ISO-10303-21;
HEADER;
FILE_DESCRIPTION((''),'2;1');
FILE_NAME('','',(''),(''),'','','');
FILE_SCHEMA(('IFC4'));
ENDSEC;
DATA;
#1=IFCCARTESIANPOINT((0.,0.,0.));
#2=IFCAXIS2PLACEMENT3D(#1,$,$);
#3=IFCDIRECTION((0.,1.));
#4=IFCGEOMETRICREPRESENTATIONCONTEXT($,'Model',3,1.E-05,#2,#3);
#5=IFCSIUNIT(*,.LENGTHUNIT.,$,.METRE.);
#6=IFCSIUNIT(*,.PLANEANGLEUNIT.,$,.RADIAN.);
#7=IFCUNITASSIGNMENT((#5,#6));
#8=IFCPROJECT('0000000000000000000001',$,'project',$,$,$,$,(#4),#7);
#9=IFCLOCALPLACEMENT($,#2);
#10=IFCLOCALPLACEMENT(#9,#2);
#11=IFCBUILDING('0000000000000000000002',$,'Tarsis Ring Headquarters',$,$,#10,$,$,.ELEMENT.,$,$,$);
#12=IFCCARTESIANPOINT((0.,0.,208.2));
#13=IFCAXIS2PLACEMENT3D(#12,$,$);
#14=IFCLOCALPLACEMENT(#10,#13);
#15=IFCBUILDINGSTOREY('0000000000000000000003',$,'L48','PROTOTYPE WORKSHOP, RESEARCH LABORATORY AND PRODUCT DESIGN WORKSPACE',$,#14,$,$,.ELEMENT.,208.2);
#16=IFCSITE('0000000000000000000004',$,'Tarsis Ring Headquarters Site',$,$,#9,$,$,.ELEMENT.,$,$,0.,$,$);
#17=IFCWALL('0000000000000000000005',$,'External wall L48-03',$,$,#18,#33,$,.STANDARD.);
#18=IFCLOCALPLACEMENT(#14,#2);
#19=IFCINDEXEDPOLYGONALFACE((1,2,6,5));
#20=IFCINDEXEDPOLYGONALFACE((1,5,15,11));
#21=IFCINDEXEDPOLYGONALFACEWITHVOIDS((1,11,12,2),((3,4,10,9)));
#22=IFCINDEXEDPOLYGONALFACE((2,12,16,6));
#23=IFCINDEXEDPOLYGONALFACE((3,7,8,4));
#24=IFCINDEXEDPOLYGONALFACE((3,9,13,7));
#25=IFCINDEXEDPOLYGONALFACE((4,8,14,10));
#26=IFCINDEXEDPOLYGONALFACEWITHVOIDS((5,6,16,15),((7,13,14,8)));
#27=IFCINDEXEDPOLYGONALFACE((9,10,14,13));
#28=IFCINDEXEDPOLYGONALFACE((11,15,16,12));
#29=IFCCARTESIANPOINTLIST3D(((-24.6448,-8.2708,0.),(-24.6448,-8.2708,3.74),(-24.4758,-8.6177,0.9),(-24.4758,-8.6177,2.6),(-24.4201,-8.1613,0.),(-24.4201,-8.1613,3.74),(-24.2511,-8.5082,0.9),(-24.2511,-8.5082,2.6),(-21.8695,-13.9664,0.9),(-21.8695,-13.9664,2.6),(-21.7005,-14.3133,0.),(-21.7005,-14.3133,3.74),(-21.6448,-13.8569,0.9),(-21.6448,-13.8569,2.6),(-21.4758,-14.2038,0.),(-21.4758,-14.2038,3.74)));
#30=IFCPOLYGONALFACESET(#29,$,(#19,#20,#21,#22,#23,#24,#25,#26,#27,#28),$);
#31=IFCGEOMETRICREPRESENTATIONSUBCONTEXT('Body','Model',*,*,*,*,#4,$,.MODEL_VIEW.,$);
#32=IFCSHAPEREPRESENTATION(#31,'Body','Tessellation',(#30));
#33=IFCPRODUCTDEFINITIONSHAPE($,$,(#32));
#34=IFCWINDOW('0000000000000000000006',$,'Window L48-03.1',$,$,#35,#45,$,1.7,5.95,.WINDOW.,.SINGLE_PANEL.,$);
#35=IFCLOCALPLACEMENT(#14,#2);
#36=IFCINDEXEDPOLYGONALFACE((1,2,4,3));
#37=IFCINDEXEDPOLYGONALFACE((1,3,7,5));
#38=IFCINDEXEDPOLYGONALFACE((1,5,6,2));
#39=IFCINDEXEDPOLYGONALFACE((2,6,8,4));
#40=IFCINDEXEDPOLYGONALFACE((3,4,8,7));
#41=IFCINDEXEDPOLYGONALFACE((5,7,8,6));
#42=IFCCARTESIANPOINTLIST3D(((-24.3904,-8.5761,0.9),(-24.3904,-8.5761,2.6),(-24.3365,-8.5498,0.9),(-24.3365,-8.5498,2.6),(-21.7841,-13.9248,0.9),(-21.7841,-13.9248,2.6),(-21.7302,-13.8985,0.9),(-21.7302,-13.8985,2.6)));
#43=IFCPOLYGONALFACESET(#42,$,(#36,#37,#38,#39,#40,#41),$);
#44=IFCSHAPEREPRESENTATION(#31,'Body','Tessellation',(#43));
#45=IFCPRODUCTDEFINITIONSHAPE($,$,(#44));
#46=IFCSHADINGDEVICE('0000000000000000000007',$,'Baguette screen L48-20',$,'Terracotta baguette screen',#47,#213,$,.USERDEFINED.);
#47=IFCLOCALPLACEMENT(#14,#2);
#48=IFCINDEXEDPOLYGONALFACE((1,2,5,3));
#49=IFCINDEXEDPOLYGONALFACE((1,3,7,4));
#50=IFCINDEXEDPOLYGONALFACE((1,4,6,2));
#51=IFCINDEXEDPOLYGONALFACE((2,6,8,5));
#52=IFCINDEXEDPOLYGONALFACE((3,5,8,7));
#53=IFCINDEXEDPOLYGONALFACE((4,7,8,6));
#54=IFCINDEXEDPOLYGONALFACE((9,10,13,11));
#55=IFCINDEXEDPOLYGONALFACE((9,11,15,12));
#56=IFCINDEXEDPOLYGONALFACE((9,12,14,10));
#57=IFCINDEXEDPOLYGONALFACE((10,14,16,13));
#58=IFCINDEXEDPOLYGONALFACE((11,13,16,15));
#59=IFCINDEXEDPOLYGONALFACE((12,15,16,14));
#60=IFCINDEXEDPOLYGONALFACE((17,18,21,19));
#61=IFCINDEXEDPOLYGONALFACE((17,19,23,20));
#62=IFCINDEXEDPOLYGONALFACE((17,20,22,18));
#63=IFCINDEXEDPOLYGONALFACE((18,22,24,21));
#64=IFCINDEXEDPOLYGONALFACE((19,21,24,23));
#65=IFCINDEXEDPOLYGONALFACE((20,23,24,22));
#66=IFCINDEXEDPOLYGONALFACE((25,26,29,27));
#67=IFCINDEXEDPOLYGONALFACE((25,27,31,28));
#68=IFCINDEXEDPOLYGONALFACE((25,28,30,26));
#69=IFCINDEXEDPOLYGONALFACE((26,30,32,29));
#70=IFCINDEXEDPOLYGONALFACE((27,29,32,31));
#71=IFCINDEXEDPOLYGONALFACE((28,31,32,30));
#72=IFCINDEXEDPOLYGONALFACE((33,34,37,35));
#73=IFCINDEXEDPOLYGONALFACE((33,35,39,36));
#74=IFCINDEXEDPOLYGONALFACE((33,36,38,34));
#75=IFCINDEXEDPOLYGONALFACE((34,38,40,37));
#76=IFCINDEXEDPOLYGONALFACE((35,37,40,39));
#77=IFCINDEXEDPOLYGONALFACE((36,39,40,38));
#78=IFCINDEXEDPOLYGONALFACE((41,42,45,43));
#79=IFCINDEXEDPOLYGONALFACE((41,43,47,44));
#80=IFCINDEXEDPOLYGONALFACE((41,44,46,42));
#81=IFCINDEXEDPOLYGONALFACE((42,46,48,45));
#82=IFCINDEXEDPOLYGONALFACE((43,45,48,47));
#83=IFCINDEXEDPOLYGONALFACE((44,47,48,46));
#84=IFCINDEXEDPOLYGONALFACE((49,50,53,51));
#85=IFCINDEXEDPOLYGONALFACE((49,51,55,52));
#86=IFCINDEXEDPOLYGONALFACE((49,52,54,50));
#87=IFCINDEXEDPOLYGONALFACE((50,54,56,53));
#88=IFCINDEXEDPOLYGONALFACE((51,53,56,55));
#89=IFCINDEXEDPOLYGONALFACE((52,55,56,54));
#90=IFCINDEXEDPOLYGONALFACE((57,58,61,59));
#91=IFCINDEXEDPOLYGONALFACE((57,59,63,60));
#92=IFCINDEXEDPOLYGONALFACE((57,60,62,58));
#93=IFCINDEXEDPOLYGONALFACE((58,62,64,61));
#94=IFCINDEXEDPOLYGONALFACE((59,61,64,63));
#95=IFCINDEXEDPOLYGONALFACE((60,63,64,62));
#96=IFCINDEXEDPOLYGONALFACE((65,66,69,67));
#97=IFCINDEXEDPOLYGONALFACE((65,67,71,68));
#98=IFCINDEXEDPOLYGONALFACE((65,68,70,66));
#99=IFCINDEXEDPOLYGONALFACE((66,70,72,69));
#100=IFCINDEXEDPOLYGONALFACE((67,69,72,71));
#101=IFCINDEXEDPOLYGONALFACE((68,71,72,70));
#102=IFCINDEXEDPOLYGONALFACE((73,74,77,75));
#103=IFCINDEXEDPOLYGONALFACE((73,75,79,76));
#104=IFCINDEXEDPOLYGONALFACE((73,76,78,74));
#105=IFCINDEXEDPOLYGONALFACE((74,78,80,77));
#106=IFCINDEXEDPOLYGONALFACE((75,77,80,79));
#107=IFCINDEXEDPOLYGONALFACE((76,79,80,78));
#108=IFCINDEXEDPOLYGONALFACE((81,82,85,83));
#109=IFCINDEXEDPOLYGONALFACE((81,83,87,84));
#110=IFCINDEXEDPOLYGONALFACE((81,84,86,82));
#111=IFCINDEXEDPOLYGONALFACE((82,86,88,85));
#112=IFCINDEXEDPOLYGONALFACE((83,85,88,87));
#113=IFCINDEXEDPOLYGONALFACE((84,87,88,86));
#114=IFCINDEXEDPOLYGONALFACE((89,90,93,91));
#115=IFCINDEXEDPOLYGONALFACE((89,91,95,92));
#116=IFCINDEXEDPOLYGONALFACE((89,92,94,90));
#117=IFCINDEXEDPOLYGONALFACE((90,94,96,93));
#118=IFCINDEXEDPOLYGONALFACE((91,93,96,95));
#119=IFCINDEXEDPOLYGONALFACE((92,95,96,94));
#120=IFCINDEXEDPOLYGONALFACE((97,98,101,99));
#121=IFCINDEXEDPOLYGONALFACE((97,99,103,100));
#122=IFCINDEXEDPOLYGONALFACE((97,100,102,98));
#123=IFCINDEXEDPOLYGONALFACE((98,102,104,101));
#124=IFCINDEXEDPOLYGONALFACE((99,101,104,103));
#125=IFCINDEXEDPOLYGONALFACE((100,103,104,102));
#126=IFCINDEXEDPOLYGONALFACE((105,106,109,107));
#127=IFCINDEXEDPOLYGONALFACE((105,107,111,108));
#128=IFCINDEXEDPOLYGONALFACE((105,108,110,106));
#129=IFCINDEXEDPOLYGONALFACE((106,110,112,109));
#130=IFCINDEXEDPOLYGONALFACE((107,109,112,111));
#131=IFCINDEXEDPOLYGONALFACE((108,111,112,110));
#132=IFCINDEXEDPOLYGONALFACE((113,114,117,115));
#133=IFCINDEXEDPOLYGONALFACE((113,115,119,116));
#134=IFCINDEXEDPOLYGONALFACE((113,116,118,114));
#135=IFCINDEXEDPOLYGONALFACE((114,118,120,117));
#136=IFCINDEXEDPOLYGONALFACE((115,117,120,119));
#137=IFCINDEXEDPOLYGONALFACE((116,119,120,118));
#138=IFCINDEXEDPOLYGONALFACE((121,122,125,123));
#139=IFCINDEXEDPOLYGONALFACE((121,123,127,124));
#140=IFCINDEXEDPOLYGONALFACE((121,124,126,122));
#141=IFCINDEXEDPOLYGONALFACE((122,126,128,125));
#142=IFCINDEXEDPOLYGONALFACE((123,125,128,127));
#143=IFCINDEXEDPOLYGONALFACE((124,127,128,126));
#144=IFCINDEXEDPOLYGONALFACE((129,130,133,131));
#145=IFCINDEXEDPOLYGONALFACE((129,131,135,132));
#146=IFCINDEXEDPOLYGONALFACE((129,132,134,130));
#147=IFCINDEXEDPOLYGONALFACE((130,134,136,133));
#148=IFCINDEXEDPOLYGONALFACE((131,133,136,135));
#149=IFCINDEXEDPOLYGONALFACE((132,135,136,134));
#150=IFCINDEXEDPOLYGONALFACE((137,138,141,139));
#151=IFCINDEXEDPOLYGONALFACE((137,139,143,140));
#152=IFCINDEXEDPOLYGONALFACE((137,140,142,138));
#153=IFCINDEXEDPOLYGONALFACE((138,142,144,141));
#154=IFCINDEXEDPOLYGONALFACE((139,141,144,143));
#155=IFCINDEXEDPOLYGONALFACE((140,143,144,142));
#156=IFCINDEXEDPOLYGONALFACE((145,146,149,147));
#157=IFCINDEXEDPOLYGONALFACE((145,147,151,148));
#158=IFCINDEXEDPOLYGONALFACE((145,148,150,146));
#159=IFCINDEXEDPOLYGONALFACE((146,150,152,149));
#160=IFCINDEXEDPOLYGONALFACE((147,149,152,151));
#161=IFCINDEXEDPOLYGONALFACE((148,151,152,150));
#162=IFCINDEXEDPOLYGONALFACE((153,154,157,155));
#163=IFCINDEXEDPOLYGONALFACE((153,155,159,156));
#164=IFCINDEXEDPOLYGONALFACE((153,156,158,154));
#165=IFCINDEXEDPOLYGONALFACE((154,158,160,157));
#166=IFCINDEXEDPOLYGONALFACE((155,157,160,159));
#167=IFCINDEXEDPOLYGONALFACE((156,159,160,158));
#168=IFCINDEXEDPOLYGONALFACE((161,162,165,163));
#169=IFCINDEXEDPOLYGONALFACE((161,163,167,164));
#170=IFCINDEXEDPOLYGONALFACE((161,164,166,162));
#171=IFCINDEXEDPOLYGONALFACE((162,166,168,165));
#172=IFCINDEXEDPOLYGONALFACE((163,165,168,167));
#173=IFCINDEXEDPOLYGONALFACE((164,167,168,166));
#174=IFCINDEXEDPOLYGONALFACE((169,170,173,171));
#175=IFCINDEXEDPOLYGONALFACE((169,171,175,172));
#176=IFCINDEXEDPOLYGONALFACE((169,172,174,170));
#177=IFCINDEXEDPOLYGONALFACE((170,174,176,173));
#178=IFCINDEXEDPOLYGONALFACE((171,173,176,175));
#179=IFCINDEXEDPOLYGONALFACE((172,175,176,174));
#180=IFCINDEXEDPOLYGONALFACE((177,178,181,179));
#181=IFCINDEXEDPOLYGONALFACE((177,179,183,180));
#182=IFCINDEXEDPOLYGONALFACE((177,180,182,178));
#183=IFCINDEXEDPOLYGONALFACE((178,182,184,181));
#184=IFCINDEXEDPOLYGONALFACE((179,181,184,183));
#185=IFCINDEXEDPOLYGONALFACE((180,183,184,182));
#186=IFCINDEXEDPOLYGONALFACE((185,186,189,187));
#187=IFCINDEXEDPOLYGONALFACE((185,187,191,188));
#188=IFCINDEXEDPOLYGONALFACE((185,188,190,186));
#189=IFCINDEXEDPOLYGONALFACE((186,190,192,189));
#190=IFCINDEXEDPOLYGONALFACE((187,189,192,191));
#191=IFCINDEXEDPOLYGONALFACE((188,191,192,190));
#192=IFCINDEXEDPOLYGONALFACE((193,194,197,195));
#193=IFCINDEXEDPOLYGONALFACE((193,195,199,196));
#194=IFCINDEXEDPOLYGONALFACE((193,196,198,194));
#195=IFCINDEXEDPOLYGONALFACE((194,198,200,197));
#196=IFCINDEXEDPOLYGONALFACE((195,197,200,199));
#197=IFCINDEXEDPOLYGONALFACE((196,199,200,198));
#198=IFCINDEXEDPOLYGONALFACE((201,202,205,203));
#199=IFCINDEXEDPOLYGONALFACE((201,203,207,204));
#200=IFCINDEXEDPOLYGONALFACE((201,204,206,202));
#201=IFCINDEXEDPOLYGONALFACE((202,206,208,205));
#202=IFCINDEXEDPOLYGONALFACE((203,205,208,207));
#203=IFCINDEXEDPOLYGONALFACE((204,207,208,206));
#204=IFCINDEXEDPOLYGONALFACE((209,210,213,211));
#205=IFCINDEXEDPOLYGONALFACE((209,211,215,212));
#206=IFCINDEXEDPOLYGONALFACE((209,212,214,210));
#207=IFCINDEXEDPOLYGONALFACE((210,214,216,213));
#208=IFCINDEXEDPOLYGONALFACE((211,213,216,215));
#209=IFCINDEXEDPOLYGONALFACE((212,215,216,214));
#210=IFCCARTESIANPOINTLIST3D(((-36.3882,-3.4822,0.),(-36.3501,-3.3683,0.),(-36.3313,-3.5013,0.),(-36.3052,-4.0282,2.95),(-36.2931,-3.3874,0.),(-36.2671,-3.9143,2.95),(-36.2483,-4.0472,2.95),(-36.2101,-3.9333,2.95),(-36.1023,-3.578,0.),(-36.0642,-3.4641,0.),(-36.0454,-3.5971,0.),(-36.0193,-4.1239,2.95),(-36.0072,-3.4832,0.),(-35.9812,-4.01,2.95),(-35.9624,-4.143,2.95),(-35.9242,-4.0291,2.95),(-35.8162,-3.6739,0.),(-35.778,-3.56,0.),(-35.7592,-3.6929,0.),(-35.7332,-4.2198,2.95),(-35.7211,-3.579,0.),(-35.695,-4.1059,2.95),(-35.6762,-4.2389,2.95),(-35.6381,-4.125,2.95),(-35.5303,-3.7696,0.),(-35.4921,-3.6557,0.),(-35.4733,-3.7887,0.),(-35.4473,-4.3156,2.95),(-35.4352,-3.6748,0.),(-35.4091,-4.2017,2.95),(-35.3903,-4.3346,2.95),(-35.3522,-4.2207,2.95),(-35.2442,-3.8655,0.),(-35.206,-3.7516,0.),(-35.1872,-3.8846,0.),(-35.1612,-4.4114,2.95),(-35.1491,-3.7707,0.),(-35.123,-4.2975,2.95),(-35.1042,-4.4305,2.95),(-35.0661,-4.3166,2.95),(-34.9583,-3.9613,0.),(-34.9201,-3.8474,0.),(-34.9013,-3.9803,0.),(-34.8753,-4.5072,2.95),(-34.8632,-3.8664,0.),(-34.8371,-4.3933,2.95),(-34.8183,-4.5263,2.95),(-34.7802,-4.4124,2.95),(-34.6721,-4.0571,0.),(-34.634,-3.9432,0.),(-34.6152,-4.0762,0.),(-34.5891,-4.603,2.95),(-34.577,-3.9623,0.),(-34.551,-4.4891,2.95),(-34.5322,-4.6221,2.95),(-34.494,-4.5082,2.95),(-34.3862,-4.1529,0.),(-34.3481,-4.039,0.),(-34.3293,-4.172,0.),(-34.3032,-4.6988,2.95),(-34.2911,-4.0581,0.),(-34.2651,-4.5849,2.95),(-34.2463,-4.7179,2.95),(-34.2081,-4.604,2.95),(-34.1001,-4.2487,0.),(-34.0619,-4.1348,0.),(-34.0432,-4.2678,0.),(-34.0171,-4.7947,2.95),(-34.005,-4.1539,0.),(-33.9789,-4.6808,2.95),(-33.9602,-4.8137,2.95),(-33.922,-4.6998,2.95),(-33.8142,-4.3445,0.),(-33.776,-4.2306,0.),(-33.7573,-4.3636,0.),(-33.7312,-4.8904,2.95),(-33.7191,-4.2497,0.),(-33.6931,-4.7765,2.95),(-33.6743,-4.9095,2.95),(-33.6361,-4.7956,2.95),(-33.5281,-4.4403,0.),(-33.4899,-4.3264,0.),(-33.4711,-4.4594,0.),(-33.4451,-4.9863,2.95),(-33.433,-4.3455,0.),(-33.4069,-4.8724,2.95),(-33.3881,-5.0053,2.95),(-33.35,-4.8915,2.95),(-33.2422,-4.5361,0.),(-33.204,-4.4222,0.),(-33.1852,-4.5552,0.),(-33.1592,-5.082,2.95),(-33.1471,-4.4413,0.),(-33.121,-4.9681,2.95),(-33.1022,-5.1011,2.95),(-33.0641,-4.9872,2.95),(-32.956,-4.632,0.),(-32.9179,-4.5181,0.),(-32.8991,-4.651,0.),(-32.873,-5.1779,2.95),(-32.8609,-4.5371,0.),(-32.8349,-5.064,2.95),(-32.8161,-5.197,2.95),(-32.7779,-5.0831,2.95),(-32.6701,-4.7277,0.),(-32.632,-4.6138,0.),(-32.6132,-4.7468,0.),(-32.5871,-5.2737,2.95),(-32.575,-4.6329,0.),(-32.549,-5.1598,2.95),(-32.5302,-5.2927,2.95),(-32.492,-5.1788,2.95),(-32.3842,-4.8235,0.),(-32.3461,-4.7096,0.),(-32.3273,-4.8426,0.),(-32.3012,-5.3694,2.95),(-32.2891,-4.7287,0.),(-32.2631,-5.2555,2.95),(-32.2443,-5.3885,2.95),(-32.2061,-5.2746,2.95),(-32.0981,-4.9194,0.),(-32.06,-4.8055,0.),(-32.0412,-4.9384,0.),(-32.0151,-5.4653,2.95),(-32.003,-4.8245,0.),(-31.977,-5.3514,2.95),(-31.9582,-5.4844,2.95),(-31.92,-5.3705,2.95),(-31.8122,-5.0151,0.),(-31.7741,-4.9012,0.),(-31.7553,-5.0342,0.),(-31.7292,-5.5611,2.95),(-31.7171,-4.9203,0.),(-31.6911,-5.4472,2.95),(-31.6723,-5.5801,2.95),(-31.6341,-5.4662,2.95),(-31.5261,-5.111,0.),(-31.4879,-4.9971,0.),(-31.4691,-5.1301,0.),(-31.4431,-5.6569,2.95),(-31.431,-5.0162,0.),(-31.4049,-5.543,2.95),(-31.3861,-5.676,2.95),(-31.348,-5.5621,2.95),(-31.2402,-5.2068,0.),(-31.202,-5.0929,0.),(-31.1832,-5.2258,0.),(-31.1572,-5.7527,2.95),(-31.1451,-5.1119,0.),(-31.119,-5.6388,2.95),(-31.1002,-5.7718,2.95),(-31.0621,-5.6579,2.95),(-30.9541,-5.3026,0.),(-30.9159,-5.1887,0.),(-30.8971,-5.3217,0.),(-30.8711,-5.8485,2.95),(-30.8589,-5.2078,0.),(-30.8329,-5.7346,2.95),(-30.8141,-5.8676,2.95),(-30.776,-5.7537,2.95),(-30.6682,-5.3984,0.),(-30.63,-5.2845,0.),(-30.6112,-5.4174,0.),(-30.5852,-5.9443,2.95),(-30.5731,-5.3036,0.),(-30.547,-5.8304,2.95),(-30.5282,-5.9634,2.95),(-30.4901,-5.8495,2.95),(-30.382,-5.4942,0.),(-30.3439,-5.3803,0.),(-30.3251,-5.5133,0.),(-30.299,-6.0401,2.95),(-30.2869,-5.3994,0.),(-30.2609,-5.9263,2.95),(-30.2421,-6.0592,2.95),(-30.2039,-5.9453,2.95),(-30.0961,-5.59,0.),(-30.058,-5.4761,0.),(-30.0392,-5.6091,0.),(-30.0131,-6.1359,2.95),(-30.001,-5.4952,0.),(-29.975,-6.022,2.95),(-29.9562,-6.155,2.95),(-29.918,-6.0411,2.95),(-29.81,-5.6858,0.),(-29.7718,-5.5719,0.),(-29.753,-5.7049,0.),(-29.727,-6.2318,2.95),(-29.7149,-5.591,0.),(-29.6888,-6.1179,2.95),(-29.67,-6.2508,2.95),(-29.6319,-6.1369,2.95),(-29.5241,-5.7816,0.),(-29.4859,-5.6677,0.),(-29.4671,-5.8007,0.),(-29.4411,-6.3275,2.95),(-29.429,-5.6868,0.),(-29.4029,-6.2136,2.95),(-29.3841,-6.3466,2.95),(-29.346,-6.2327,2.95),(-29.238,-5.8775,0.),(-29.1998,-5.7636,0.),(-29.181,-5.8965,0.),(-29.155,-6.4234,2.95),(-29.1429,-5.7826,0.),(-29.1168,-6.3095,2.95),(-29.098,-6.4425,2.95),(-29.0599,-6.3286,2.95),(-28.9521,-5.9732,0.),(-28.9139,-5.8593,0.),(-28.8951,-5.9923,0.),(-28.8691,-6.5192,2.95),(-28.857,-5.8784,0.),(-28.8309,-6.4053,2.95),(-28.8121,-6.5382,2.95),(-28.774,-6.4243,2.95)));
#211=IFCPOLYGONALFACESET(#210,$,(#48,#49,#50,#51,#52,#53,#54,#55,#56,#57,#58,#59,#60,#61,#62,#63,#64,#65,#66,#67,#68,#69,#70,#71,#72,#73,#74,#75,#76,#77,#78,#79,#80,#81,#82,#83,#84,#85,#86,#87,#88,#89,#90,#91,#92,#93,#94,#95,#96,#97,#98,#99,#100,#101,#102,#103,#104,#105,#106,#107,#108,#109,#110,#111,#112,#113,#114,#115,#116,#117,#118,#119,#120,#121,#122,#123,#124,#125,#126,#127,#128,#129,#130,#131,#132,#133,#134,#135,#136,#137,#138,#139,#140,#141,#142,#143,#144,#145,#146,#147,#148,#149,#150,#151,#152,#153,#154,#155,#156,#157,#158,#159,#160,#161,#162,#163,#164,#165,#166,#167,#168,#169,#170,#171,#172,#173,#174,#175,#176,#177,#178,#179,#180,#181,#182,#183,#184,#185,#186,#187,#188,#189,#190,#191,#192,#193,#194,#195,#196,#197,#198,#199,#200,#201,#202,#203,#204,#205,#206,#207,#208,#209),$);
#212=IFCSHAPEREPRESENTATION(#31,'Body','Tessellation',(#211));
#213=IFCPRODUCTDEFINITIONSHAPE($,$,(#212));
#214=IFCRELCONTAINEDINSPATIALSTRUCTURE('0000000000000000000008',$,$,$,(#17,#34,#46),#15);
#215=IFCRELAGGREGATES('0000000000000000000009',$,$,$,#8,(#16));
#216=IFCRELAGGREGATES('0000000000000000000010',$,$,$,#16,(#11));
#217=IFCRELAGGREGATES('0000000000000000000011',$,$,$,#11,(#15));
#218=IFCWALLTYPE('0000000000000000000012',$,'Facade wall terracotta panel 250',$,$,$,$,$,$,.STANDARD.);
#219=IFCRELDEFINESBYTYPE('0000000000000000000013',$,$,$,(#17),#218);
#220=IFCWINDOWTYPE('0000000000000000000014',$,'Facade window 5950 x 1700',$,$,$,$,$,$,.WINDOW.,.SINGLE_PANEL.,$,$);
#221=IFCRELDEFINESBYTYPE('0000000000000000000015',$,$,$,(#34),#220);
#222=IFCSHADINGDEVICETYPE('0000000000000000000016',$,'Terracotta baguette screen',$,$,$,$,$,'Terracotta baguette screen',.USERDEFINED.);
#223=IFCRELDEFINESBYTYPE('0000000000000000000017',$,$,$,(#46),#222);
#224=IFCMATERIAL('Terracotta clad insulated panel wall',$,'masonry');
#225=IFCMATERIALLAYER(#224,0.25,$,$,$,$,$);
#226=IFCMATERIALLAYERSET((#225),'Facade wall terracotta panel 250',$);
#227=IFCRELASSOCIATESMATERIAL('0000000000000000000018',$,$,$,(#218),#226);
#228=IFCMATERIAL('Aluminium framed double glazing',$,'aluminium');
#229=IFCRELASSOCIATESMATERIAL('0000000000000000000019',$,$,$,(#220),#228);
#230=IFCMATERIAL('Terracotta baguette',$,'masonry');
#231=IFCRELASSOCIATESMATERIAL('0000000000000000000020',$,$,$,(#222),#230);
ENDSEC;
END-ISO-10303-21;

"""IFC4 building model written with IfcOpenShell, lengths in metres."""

from ifc_helpers import new_model, si_unit, direction, frame, frame_2d, origin, place, context, subcontext, project, spatial, rectangle, composite_profile, extrude, material, layer, layer_set, type_object, element, fill, save


model = new_model("IFC4")

# Units and contexts
model_context = context("Model", 3, precision=1e-05, world=origin(), true_north=direction((0.0, 1.0)))
body_context = subcontext(model_context, "Body", "Model", "MODEL_VIEW")
ifc_project = project(units=[si_unit("LENGTHUNIT", "METRE"), si_unit("PLANEANGLEUNIT", "RADIAN")], contexts=[model_context])

# Site, building, storey
site_placement = place(None, origin())
site = spatial("IfcSite", under=ifc_project, at=site_placement, Name="Tarsis Ring Headquarters Site", CompositionType="ELEMENT", RefElevation=0.0)
building_placement = place(site_placement, origin())
building = spatial("IfcBuilding", under=site, at=building_placement, Name="Tarsis Ring Headquarters", CompositionType="ELEMENT")
storey_placement = place(building_placement, frame((0.0, 0.0, 208.2)))
storey = spatial("IfcBuildingStorey", under=building, at=storey_placement, Name="L48", Description="PROTOTYPE WORKSHOP, RESEARCH LABORATORY AND PRODUCT DESIGN WORKSPACE", CompositionType="ELEMENT", Elevation=208.2)

# Wall, opening, window
ifc_material_1 = material(Name="Terracotta clad insulated panel wall", Category="masonry")
ifc_layer_1 = layer(ifc_material_1, 0.25)
ifc_layer_set_1 = layer_set([ifc_layer_1], Name="Facade wall terracotta panel 250")
wall_type_1 = type_object("IfcWallType", Name="Facade wall terracotta panel 250", PredefinedType="STANDARD", material=ifc_layer_set_1)
ifc_material_2 = material(Name="Aluminium framed double glazing", Category="aluminium")
wall_1_placement = place(storey_placement, frame((-24.5325, -8.2161, 0.0), z_axis=(0.0, 0.0, 1.0), x_axis=(0.438037, -0.898957, 0.0)))
wall_1 = element("IfcWall", 1, at=wall_1_placement, inside=storey, type_object=wall_type_1, Name="External wall L48-03", PredefinedType="STANDARD", context=body_context, shape_type="SweptSolid", body=[
    extrude(rectangle(XDim=6.7217, YDim=0.25, at=frame_2d((3.3608, 0.0))), origin(), (0.0, 0.0, 1.0), 3.74),
])
opening_1_placement = place(wall_1_placement, frame((0.3857, 0.0, 0.8999)))
opening_1 = element("IfcOpeningElement", 2, at=opening_1_placement, cuts=wall_1, PredefinedType="OPENING", context=body_context, shape_type="SweptSolid", body=[
    extrude(rectangle(XDim=5.95, YDim=1.7, at=frame_2d((2.9751, 0.8501))), frame((0.0, 0.135, 0.0), z_axis=(0.0, -1.0, 0.0), x_axis=(1.0, 0.0, 0.0)), (0.0, 0.0, 1.0), 0.27),
])
window_type_1 = type_object("IfcWindowType", Name="Facade window 5950 x 1700", PartitioningType="SINGLE_PANEL", PredefinedType="WINDOW", material=ifc_material_2)
window_1_placement = place(opening_1_placement, origin())
window_1 = element("IfcWindow", 3, at=window_1_placement, inside=storey, type_object=window_type_1, Name="Window L48-03.1", OverallHeight=1.7, OverallWidth=5.95, PartitioningType="SINGLE_PANEL", PredefinedType="WINDOW", context=body_context, shape_type="SweptSolid", body=[
    extrude(rectangle(XDim=5.95, YDim=1.7, at=frame_2d((2.9751, 0.8501))), frame((0.0, 0.03, 0.0), z_axis=(0.0, -1.0, 0.0), x_axis=(1.0, 0.0, 0.0)), (0.0, 0.0, 1.0), 0.0601),
])
fill(opening_1, window_1)

# Shading device
ifc_material_3 = material(Name="Terracotta baguette", Category="masonry")
shading_device_type = type_object("IfcShadingDeviceType", Name="Terracotta baguette screen", ElementType="Terracotta baguette screen", PredefinedType="USERDEFINED", material=ifc_material_3)
shading_device_1_placement = place(storey_placement, frame((-36.3691, -3.4253, 0.0), z_axis=(0.0, 0.0, 1.0), x_axis=(0.948219, -0.317638, 0.0)))
element("IfcShadingDevice", 4, at=shading_device_1_placement, inside=storey, type_object=shading_device_type, Name="Baguette screen L48-20", ObjectType="Terracotta baguette screen", PredefinedType="USERDEFINED", context=body_context, shape_type="SweptSolid", body=[
    extrude(composite_profile([rectangle(XDim=0.0601, YDim=0.1201, at=frame_2d((0.03, 0.0))), rectangle(XDim=0.0601, YDim=0.1201, at=frame_2d((0.3315, 0.0))), rectangle(XDim=0.0601, YDim=0.1201, at=frame_2d((0.6333, 0.0))), rectangle(XDim=0.0601, YDim=0.1201, at=frame_2d((0.9348, 0.0))), rectangle(XDim=0.0601, YDim=0.1201, at=frame_2d((1.2366, 0.0))), rectangle(XDim=0.0601, YDim=0.1201, at=frame_2d((1.5381, 0.0))), rectangle(XDim=0.0601, YDim=0.1201, at=frame_2d((1.8398, 0.0))), rectangle(XDim=0.0601, YDim=0.1201, at=frame_2d((2.1414, 0.0))), rectangle(XDim=0.0601, YDim=0.1201, at=frame_2d((2.4431, 0.0))), rectangle(XDim=0.0601, YDim=0.1201, at=frame_2d((2.7446, 0.0))), rectangle(XDim=0.0601, YDim=0.1201, at=frame_2d((3.0464, 0.0))), rectangle(XDim=0.0601, YDim=0.1201, at=frame_2d((3.3479, 0.0))), rectangle(XDim=0.0601, YDim=0.1201, at=frame_2d((3.6497, 0.0))), rectangle(XDim=0.0601, YDim=0.1201, at=frame_2d((3.9512, 0.0))), rectangle(XDim=0.0601, YDim=0.1201, at=frame_2d((4.2527, 0.0))), rectangle(XDim=0.0601, YDim=0.1201, at=frame_2d((4.5544, 0.0))), rectangle(XDim=0.0601, YDim=0.1201, at=frame_2d((4.856, 0.0))), rectangle(XDim=0.0601, YDim=0.1201, at=frame_2d((5.1577, 0.0))), rectangle(XDim=0.0601, YDim=0.1201, at=frame_2d((5.4592, 0.0))), rectangle(XDim=0.0601, YDim=0.1201, at=frame_2d((5.761, 0.0))), rectangle(XDim=0.0601, YDim=0.1201, at=frame_2d((6.0625, 0.0))), rectangle(XDim=0.0601, YDim=0.1201, at=frame_2d((6.3643, 0.0))), rectangle(XDim=0.0601, YDim=0.1201, at=frame_2d((6.6658, 0.0))), rectangle(XDim=0.0601, YDim=0.1201, at=frame_2d((6.9675, 0.0))), rectangle(XDim=0.0601, YDim=0.1201, at=frame_2d((7.269, 0.0))), rectangle(XDim=0.0601, YDim=0.1201, at=frame_2d((7.5708, 0.0))), rectangle(XDim=0.0601, YDim=0.1201, at=frame_2d((7.8723, 0.0)))]), origin(), (0.084, -0.163697, 0.982928), 3.0012),
])

save(model, "model.ifc")
